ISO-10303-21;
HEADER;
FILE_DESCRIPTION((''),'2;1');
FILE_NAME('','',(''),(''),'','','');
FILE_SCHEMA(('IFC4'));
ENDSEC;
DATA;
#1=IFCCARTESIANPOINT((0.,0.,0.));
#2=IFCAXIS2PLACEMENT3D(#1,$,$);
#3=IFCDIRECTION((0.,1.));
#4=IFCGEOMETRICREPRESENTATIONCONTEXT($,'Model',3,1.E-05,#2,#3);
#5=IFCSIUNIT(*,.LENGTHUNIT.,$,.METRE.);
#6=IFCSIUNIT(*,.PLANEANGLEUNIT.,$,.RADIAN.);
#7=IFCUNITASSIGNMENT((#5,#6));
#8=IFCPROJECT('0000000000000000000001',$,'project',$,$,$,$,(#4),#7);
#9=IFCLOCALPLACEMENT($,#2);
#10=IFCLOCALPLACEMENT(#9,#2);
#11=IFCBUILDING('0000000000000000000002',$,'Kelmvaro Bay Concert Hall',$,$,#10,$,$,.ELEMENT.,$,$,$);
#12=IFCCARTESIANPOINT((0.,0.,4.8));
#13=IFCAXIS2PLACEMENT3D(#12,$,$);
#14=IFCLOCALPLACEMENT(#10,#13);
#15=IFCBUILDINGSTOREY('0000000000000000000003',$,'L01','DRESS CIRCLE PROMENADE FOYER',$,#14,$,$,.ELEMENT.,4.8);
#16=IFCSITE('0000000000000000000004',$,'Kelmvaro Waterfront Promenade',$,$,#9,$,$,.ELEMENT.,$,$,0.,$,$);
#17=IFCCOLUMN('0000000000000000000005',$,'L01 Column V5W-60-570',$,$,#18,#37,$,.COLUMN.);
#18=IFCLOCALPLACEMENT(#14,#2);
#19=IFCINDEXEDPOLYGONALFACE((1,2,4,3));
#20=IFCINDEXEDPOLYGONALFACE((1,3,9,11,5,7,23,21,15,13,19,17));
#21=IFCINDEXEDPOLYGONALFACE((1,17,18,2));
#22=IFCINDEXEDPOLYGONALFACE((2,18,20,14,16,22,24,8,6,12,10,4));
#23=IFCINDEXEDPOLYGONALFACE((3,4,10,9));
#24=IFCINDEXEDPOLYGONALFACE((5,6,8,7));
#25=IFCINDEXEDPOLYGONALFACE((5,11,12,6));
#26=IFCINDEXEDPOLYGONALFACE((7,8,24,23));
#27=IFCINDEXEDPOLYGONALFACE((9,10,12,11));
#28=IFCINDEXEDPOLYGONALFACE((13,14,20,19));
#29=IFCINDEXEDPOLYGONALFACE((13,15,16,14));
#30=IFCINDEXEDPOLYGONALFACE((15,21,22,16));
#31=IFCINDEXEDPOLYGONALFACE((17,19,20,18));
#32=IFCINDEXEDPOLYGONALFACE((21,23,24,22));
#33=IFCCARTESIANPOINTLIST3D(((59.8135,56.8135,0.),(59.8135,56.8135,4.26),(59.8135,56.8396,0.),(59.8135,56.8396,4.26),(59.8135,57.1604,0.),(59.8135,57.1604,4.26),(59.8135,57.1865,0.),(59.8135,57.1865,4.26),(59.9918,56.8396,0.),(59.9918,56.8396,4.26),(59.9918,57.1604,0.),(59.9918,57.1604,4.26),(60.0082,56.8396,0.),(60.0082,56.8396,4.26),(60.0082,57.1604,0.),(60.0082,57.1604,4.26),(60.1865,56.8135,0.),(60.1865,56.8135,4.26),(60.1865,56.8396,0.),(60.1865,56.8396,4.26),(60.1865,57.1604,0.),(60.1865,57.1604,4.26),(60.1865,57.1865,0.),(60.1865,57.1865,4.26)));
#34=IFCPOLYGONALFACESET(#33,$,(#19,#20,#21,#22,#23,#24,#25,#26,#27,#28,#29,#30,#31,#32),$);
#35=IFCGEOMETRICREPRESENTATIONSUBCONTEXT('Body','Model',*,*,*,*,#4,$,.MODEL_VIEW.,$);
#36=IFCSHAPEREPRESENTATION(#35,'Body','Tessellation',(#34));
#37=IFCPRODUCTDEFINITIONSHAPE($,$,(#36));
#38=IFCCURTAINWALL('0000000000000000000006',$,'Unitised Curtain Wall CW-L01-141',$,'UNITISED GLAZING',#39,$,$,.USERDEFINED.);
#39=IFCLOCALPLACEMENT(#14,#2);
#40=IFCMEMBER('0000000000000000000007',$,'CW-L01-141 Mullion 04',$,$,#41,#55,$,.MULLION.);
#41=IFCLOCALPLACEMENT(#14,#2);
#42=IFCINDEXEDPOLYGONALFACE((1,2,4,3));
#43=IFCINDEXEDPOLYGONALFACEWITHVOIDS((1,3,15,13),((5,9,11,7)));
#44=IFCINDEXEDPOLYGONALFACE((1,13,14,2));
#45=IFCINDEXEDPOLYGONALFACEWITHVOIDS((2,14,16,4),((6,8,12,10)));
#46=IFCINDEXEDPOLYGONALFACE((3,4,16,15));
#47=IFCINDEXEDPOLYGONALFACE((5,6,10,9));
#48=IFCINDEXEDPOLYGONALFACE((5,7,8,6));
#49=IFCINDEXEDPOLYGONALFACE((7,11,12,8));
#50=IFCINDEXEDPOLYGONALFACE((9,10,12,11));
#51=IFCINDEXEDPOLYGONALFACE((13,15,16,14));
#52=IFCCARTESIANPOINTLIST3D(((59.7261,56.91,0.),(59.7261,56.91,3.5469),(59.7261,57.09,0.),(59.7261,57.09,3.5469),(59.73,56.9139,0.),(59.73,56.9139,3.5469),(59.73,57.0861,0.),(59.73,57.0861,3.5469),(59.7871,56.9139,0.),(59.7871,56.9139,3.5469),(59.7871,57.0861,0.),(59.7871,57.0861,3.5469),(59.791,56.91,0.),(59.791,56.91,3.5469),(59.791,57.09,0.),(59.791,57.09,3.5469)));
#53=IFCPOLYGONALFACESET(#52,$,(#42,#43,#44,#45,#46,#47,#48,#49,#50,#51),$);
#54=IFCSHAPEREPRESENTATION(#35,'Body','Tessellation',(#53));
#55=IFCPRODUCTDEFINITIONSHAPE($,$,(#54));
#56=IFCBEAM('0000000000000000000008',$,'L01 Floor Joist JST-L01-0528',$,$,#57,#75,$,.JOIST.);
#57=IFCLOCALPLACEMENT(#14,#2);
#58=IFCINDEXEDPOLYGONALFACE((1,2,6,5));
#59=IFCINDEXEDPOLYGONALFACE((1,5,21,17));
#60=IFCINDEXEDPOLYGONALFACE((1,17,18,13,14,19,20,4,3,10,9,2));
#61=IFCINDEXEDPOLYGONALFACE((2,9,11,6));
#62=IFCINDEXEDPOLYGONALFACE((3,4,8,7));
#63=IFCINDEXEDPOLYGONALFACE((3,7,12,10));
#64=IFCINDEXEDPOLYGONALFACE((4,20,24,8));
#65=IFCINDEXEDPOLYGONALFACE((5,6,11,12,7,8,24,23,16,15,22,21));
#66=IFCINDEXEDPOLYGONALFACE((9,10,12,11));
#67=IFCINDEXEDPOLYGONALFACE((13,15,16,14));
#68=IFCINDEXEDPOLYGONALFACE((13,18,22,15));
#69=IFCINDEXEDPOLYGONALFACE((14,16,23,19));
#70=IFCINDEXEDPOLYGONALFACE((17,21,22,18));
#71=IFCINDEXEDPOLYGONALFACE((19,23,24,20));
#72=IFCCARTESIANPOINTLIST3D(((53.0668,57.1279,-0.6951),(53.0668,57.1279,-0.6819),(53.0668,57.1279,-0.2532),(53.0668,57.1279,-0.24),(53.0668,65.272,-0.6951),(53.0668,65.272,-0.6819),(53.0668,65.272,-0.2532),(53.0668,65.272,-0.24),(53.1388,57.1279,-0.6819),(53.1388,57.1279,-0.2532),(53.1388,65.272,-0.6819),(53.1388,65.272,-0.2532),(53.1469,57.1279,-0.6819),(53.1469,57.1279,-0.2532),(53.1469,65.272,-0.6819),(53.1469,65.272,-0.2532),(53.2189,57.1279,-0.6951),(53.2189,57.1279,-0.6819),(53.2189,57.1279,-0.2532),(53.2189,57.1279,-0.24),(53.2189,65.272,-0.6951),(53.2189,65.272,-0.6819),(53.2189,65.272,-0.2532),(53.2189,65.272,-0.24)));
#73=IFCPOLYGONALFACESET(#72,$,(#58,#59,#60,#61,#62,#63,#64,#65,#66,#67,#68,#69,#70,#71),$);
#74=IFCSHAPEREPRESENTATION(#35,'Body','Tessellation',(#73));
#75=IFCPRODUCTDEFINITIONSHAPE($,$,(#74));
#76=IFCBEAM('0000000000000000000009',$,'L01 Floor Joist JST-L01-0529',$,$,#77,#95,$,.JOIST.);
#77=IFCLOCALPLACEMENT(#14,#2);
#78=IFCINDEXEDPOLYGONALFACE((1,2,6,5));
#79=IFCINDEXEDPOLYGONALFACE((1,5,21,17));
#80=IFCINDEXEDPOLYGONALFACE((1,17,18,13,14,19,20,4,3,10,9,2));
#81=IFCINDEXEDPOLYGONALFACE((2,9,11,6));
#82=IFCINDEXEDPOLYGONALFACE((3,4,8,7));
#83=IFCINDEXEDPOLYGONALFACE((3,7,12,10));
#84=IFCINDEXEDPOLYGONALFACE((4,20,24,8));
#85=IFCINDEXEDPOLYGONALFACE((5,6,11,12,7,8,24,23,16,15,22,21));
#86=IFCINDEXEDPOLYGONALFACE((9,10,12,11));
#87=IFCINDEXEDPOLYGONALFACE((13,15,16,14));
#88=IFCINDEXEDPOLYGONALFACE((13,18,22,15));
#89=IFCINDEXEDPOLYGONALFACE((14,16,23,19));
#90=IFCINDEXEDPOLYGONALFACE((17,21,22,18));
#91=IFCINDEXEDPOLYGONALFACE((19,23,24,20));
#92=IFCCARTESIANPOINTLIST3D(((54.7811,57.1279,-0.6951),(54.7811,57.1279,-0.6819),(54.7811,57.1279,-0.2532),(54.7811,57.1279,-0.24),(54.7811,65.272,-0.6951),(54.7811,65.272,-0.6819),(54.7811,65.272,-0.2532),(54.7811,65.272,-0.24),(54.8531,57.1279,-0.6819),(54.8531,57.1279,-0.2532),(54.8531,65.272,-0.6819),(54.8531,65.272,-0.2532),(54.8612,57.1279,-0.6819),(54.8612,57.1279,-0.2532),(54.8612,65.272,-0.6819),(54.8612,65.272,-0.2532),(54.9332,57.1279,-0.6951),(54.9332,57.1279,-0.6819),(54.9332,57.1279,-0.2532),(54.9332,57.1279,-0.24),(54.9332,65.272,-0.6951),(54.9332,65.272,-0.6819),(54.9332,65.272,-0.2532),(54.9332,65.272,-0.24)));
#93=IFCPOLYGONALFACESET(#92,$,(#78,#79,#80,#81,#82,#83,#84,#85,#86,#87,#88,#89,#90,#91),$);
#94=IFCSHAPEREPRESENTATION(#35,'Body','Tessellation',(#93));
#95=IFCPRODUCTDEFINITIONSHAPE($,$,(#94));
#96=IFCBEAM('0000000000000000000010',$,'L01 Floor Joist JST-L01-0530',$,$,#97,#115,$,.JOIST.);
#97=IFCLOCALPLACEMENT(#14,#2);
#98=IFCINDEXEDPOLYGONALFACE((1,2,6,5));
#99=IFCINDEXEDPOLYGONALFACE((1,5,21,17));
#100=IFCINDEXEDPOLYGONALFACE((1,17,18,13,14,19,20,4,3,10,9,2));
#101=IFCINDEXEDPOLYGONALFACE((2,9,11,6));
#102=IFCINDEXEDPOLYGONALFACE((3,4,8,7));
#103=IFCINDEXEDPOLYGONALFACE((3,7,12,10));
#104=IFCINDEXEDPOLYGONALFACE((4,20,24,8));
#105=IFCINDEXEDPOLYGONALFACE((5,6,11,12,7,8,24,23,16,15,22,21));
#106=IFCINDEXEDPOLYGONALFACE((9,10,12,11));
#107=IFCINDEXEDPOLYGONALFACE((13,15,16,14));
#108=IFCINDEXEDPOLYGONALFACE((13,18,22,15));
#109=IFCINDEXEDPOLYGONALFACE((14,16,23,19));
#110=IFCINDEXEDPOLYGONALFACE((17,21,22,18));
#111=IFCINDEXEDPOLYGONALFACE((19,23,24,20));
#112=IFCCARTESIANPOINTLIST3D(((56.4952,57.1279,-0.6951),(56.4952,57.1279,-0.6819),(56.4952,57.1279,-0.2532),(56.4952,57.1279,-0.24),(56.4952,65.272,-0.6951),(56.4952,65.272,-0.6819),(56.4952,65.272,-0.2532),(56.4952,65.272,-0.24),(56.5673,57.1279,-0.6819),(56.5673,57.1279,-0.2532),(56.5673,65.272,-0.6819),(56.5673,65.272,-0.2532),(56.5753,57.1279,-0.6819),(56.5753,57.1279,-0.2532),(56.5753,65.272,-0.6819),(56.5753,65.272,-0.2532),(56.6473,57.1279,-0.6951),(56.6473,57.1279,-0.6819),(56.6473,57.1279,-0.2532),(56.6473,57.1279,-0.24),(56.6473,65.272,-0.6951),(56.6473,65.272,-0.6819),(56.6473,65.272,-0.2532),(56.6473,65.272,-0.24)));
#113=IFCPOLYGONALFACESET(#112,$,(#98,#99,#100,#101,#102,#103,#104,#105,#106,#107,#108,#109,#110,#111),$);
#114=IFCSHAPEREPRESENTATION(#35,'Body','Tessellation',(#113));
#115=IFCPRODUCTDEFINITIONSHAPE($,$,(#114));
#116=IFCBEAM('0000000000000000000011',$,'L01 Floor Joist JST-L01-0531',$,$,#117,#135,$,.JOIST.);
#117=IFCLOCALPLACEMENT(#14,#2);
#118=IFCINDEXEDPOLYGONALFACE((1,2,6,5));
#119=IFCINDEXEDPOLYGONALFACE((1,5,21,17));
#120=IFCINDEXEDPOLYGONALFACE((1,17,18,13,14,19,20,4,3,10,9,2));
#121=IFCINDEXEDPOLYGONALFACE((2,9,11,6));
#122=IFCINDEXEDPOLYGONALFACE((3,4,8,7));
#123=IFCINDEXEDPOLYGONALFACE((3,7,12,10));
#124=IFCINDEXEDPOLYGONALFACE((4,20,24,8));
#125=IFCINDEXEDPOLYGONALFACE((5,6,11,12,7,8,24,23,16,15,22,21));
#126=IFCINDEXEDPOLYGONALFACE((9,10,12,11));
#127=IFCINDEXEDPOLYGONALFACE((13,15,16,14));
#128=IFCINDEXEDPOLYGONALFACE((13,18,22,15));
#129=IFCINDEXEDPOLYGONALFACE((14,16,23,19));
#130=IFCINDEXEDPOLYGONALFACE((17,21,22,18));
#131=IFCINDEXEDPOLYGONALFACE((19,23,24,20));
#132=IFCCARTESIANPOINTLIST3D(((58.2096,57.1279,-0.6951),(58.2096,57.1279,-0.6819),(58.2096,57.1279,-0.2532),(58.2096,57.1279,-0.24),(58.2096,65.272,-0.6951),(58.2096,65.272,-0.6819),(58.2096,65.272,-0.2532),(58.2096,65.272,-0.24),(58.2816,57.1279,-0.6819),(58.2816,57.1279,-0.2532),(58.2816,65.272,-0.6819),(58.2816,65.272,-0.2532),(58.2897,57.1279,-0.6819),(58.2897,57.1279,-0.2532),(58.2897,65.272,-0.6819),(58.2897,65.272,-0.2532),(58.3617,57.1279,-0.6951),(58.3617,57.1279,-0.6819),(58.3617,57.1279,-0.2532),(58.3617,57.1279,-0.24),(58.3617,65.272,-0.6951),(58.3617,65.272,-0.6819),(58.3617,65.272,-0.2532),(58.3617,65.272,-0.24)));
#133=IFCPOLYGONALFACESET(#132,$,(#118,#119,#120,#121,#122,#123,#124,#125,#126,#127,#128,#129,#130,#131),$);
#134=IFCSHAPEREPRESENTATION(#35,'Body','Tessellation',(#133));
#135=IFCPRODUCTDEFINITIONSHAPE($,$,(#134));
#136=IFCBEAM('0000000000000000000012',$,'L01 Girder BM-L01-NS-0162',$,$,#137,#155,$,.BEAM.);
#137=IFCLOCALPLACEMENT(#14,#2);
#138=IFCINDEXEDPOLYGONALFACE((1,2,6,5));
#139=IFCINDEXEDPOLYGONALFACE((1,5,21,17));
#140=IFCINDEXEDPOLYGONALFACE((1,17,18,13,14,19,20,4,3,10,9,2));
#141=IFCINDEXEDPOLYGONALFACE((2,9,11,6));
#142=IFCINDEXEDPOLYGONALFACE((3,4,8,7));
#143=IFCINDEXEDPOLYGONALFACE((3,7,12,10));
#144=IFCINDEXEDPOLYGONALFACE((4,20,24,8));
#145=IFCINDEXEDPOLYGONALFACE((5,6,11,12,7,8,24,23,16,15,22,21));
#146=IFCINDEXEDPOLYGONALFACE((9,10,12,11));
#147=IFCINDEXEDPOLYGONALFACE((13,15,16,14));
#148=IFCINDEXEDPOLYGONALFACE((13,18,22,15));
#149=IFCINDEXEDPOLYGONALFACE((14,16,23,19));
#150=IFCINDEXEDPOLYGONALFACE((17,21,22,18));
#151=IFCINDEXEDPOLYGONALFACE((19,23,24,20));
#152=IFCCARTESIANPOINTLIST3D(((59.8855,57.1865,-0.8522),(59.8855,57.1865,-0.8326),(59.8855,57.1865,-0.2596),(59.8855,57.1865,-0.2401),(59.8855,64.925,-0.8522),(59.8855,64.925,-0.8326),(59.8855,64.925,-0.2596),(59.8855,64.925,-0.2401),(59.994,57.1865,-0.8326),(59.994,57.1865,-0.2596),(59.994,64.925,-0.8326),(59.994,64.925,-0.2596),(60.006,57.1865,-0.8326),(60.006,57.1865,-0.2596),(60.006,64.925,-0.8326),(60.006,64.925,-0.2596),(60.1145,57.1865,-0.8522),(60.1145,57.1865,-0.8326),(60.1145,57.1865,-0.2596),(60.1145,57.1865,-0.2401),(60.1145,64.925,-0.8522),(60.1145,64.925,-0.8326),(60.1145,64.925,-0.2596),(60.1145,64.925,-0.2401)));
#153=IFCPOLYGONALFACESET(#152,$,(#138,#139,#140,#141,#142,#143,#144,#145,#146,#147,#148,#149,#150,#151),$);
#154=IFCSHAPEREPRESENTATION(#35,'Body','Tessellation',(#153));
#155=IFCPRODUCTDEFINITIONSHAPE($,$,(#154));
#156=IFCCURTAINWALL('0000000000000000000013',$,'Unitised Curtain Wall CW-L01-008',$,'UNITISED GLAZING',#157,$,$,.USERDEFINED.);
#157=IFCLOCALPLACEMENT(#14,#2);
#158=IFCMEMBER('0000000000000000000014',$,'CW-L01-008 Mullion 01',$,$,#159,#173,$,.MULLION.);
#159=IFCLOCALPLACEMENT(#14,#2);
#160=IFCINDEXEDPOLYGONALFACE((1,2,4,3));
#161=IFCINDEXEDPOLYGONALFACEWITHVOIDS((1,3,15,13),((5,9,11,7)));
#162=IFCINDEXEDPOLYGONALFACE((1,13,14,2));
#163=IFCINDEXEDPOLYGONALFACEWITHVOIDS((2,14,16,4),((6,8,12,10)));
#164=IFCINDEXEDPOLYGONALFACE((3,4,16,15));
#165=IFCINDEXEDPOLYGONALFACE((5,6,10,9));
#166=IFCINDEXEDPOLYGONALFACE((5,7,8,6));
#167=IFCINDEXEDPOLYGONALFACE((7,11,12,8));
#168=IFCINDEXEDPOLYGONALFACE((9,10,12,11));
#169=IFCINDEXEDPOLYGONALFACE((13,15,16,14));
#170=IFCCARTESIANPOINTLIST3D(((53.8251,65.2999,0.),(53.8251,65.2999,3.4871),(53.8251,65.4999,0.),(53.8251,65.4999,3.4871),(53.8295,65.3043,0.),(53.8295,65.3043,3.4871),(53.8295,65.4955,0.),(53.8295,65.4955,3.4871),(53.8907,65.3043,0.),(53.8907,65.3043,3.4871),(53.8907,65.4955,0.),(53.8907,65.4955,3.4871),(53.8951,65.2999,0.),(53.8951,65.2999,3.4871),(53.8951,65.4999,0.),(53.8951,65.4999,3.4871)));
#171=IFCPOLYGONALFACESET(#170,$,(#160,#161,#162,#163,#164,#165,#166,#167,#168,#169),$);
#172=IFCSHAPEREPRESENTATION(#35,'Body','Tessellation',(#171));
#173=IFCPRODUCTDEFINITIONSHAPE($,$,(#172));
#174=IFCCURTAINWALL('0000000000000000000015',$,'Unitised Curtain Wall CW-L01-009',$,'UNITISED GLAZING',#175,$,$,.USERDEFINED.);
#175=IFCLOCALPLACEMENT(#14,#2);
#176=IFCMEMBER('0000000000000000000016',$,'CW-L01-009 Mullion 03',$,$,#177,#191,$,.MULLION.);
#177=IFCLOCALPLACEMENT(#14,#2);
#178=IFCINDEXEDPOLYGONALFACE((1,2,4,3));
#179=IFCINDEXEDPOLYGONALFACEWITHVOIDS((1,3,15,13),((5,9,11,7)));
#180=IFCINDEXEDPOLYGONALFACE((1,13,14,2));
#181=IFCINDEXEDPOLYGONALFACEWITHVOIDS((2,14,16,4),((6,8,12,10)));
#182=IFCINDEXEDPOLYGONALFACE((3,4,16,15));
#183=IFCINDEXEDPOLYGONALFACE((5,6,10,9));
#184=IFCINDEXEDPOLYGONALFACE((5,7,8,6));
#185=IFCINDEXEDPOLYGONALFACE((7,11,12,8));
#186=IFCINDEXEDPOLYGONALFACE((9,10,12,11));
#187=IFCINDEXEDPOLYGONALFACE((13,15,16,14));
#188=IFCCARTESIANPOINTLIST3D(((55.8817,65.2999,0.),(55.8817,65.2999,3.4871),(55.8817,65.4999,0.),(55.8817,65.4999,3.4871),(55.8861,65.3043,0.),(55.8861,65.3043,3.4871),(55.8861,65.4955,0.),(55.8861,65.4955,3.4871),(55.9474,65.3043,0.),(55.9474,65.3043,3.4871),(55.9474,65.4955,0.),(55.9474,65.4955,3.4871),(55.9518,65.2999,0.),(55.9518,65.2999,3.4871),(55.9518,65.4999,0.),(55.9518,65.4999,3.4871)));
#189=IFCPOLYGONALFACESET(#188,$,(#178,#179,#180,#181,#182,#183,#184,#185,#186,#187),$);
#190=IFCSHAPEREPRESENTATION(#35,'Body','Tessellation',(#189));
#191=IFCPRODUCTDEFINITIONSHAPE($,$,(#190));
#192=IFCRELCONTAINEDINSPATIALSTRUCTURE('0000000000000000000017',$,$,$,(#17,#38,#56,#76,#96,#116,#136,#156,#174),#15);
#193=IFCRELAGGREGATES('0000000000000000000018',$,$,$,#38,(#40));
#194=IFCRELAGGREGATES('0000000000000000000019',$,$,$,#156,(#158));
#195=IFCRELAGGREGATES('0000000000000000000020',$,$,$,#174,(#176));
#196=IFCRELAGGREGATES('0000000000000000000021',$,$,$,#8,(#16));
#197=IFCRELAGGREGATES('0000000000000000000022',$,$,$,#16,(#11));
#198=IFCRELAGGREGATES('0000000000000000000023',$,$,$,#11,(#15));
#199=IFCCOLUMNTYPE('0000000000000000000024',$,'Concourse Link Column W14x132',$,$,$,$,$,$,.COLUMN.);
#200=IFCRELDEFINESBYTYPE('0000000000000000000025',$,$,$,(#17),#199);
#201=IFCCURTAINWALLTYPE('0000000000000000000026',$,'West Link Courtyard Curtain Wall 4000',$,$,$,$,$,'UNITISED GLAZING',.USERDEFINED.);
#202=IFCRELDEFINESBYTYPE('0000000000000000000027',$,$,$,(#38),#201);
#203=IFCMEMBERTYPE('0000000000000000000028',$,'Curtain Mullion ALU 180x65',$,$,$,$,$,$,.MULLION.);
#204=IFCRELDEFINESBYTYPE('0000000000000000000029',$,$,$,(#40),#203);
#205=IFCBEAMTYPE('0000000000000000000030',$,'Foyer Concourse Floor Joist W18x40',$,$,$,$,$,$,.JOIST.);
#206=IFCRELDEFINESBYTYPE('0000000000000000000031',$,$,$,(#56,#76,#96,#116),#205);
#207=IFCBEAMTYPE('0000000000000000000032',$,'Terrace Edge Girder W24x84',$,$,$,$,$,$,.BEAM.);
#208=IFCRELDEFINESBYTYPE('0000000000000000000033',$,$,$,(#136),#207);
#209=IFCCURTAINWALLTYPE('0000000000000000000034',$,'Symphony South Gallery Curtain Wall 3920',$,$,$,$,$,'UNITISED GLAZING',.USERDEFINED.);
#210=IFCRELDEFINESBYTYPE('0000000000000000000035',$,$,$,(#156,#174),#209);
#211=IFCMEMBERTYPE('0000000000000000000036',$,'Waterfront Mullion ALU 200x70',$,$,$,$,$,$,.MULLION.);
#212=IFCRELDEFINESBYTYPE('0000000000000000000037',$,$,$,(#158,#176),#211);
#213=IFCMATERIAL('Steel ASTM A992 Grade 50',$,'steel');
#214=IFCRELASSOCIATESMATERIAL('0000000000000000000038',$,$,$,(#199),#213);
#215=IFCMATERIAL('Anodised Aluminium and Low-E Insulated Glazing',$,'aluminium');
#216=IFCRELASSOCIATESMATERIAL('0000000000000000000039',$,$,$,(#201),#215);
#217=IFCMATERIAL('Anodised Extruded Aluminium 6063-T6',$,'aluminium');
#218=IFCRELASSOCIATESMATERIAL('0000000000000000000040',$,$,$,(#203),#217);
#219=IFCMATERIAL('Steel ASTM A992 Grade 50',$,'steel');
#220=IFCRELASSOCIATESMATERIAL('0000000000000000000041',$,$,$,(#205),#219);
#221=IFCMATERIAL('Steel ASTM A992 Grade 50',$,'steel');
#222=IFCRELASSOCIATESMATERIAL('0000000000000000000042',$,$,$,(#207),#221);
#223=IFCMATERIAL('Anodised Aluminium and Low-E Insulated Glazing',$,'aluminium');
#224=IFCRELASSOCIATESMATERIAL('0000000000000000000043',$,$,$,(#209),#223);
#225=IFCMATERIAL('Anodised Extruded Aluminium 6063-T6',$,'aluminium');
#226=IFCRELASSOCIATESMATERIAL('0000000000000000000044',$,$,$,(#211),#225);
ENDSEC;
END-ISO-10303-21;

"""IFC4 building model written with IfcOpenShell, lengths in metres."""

from ifc_helpers import new_model, si_unit, direction, frame, origin, origin_2d, place, context, subcontext, project, spatial, hollow_rectangle, i_section, extrude, material, material_profile, profile_set, type_object, element, aggregate, save


model = new_model("IFC4")

# Units and contexts
model_context = context("Model", 3, precision=1e-05, world=origin(), true_north=direction((0.0, 1.0)))
body_context = subcontext(model_context, "Body", "Model", "MODEL_VIEW")
ifc_project = project(units=[si_unit("LENGTHUNIT", "METRE"), si_unit("PLANEANGLEUNIT", "RADIAN")], contexts=[model_context])

# Site, building, storey
site_placement = place(None, origin())
site = spatial("IfcSite", under=ifc_project, at=site_placement, Name="Kelmvaro Waterfront Promenade", CompositionType="ELEMENT", RefElevation=0.0)
building_placement = place(site_placement, origin())
building = spatial("IfcBuilding", under=site, at=building_placement, Name="Kelmvaro Bay Concert Hall", CompositionType="ELEMENT")
storey_placement = place(building_placement, frame((0.0, 0.0, 4.8)))
storey = spatial("IfcBuildingStorey", under=building, at=storey_placement, Name="L01", Description="DRESS CIRCLE PROMENADE FOYER", CompositionType="ELEMENT", Elevation=4.8)

# Column
ifc_material_1 = material(Name="Steel ASTM A992 Grade 50", Category="steel")
ifc_material_profile_1 = material_profile(ifc_material_1, i_section(OverallWidth=0.373, OverallDepth=0.373, WebThickness=0.0164, FlangeThickness=0.0261, at=origin_2d()), Name="W14X132")
ifc_profile_set_1 = profile_set([ifc_material_profile_1], Name="Steel ASTM A992 Grade 50")
column_type = type_object("IfcColumnType", Name="Concourse Link Column W14x132", PredefinedType="COLUMN", material=ifc_profile_set_1)
column_placement = place(storey_placement, frame((60.0, 57.0, 0.0), z_axis=(0.0, 0.0, 1.0), x_axis=(1.0, 0.0, 0.0)))
element("IfcColumn", 1, at=column_placement, inside=storey, type_object=column_type, Name="L01 Column V5W-60-570", PredefinedType="COLUMN", context=body_context, shape_type="SweptSolid", body=[
    extrude(i_section(OverallWidth=0.373, OverallDepth=0.373, WebThickness=0.0164, FlangeThickness=0.0261, at=origin_2d()), origin(), (0.0, 0.0, 1.0), 4.26),
])

# Curtain wall, member
ifc_material_2 = material(Name="Anodised Aluminium and Low-E Insulated Glazing", Category="aluminium")
curtain_wall_type_1 = type_object("IfcCurtainWallType", Name="West Link Courtyard Curtain Wall 4000", ElementType="UNITISED GLAZING", PredefinedType="USERDEFINED", material=ifc_material_2)
curtain_wall_1_placement = place(storey_placement, origin())
curtain_wall_1 = element("IfcCurtainWall", 2, at=curtain_wall_1_placement, inside=storey, type_object=curtain_wall_type_1, Name="Unitised Curtain Wall CW-L01-141", ObjectType="UNITISED GLAZING", PredefinedType="USERDEFINED")
ifc_material_3 = material(Name="Anodised Extruded Aluminium 6063-T6", Category="aluminium")
ifc_material_profile_2 = material_profile(ifc_material_3, hollow_rectangle(XDim=0.0649, YDim=0.1799, WallThickness=0.0039, at=origin_2d()), Name="ALU-MUL-180X65")
ifc_profile_set_2 = profile_set([ifc_material_profile_2], Name="Anodised Extruded Aluminium 6063-T6")
member_type_1 = type_object("IfcMemberType", Name="Curtain Mullion ALU 180x65", PredefinedType="MULLION", material=ifc_profile_set_2)
member_1_placement = place(storey_placement, frame((59.7585, 57.0, 0.0), z_axis=(0.0, 0.0, 1.0), x_axis=(1.0, 0.0, 0.0)))
member_1 = element("IfcMember", 3, at=member_1_placement, type_object=member_type_1, Name="CW-L01-141 Mullion 04", PredefinedType="MULLION", context=body_context, shape_type="SweptSolid", body=[
    extrude(hollow_rectangle(XDim=0.0649, YDim=0.1799, WallThickness=0.0039, at=origin_2d()), origin(), (0.0, 0.0, 1.0), 3.5469),
])
aggregate(curtain_wall_1, [member_1])

# Beams
ifc_material_4 = material(Name="Steel ASTM A992 Grade 50", Category="steel")
ifc_material_profile_3 = material_profile(ifc_material_4, i_section(OverallWidth=0.1521, OverallDepth=0.4551, WebThickness=0.0081, FlangeThickness=0.0132, at=origin_2d()), Name="W18X40")
ifc_profile_set_3 = profile_set([ifc_material_profile_3], Name="Steel ASTM A992 Grade 50")
beam_type_1 = type_object("IfcBeamType", Name="Foyer Concourse Floor Joist W18x40", PredefinedType="JOIST", material=ifc_profile_set_3)
for number, where, z_axis, x_axis, name in (
    (4, (53.1428, 57.1279, -0.4675), (0.0, 1.0, 0.0), (-1.0, 0.0, 0.0), "L01 Floor Joist JST-L01-0528"),
    (5, (54.8572, 57.1279, -0.4675), (0.0, 1.0, 0.0), (-1.0, 0.0, 0.0), "L01 Floor Joist JST-L01-0529"),
    (6, (56.5713, 57.1279, -0.4675), (0.0, 1.0, 0.0), (-1.0, 0.0, 0.0), "L01 Floor Joist JST-L01-0530"),
    (7, (58.2856, 57.1279, -0.4675), (0.0, 1.0, 0.0), (-1.0, 0.0, 0.0), "L01 Floor Joist JST-L01-0531"),
):
    element("IfcBeam", number, at=place(storey_placement, frame(where, z_axis=z_axis, x_axis=x_axis)), inside=storey, type_object=beam_type_1, Name=name, PredefinedType="JOIST", context=body_context, shape_type="SweptSolid", body=[
        extrude(i_section(OverallWidth=0.1521, OverallDepth=0.4551, WebThickness=0.0081, FlangeThickness=0.0132, at=origin_2d()), origin(), (0.0, 0.0, 1.0), 8.144),
    ])
ifc_material_5 = material(Name="Steel ASTM A992 Grade 50", Category="steel")
ifc_material_profile_4 = material_profile(ifc_material_5, i_section(OverallWidth=0.229, OverallDepth=0.6121, WebThickness=0.012, FlangeThickness=0.0195, at=origin_2d()), Name="W24X84")
ifc_profile_set_4 = profile_set([ifc_material_profile_4], Name="Steel ASTM A992 Grade 50")
beam_type_2 = type_object("IfcBeamType", Name="Terrace Edge Girder W24x84", PredefinedType="BEAM", material=ifc_profile_set_4)
beam_placement = place(storey_placement, frame((60.0, 57.1865, -0.5461), z_axis=(0.0, 1.0, 0.0), x_axis=(-1.0, 0.0, 0.0)))
element("IfcBeam", 8, at=beam_placement, inside=storey, type_object=beam_type_2, Name="L01 Girder BM-L01-NS-0162", PredefinedType="BEAM", context=body_context, shape_type="SweptSolid", body=[
    extrude(i_section(OverallWidth=0.229, OverallDepth=0.6121, WebThickness=0.012, FlangeThickness=0.0195, at=origin_2d()), origin(), (0.0, 0.0, 1.0), 7.7385),
])

# Curtain wall, member
ifc_material_6 = material(Name="Anodised Aluminium and Low-E Insulated Glazing", Category="aluminium")
curtain_wall_type_2 = type_object("IfcCurtainWallType", Name="Symphony South Gallery Curtain Wall 3920", ElementType="UNITISED GLAZING", PredefinedType="USERDEFINED", material=ifc_material_6)
curtain_wall_2_placement = place(storey_placement, origin())
curtain_wall_2 = element("IfcCurtainWall", 9, at=curtain_wall_2_placement, inside=storey, type_object=curtain_wall_type_2, Name="Unitised Curtain Wall CW-L01-008", ObjectType="UNITISED GLAZING", PredefinedType="USERDEFINED")
ifc_material_7 = material(Name="Anodised Extruded Aluminium 6063-T6", Category="aluminium")
ifc_material_profile_5 = material_profile(ifc_material_7, hollow_rectangle(XDim=0.0701, YDim=0.2, WallThickness=0.0044, at=origin_2d()), Name="ALU-MUL-200X70")
ifc_profile_set_5 = profile_set([ifc_material_profile_5], Name="Anodised Extruded Aluminium 6063-T6")
member_type_2 = type_object("IfcMemberType", Name="Waterfront Mullion ALU 200x70", PredefinedType="MULLION", material=ifc_profile_set_5)
member_2_placement = place(storey_placement, frame((53.8601, 65.3999, 0.0), z_axis=(0.0, 0.0, 1.0), x_axis=(1.0, 0.0, 0.0)))
member_2 = element("IfcMember", 10, at=member_2_placement, type_object=member_type_2, Name="CW-L01-008 Mullion 01", PredefinedType="MULLION", context=body_context, shape_type="SweptSolid", body=[
    extrude(hollow_rectangle(XDim=0.0701, YDim=0.2, WallThickness=0.0044, at=origin_2d()), origin(), (0.0, 0.0, 1.0), 3.4871),
])

# Curtain wall, member
curtain_wall_3_placement = place(storey_placement, origin())
curtain_wall_3 = element("IfcCurtainWall", 11, at=curtain_wall_3_placement, inside=storey, type_object=curtain_wall_type_2, Name="Unitised Curtain Wall CW-L01-009", ObjectType="UNITISED GLAZING", PredefinedType="USERDEFINED")
member_3_placement = place(storey_placement, frame((55.9167, 65.3999, 0.0), z_axis=(0.0, 0.0, 1.0), x_axis=(1.0, 0.0, 0.0)))
member_3 = element("IfcMember", 12, at=member_3_placement, type_object=member_type_2, Name="CW-L01-009 Mullion 03", PredefinedType="MULLION", context=body_context, shape_type="SweptSolid", body=[
    extrude(hollow_rectangle(XDim=0.0701, YDim=0.2, WallThickness=0.0044, at=origin_2d()), origin(), (0.0, 0.0, 1.0), 3.4871),
])

aggregate(curtain_wall_2, [member_2])
aggregate(curtain_wall_3, [member_3])

save(model, "model.ifc")
